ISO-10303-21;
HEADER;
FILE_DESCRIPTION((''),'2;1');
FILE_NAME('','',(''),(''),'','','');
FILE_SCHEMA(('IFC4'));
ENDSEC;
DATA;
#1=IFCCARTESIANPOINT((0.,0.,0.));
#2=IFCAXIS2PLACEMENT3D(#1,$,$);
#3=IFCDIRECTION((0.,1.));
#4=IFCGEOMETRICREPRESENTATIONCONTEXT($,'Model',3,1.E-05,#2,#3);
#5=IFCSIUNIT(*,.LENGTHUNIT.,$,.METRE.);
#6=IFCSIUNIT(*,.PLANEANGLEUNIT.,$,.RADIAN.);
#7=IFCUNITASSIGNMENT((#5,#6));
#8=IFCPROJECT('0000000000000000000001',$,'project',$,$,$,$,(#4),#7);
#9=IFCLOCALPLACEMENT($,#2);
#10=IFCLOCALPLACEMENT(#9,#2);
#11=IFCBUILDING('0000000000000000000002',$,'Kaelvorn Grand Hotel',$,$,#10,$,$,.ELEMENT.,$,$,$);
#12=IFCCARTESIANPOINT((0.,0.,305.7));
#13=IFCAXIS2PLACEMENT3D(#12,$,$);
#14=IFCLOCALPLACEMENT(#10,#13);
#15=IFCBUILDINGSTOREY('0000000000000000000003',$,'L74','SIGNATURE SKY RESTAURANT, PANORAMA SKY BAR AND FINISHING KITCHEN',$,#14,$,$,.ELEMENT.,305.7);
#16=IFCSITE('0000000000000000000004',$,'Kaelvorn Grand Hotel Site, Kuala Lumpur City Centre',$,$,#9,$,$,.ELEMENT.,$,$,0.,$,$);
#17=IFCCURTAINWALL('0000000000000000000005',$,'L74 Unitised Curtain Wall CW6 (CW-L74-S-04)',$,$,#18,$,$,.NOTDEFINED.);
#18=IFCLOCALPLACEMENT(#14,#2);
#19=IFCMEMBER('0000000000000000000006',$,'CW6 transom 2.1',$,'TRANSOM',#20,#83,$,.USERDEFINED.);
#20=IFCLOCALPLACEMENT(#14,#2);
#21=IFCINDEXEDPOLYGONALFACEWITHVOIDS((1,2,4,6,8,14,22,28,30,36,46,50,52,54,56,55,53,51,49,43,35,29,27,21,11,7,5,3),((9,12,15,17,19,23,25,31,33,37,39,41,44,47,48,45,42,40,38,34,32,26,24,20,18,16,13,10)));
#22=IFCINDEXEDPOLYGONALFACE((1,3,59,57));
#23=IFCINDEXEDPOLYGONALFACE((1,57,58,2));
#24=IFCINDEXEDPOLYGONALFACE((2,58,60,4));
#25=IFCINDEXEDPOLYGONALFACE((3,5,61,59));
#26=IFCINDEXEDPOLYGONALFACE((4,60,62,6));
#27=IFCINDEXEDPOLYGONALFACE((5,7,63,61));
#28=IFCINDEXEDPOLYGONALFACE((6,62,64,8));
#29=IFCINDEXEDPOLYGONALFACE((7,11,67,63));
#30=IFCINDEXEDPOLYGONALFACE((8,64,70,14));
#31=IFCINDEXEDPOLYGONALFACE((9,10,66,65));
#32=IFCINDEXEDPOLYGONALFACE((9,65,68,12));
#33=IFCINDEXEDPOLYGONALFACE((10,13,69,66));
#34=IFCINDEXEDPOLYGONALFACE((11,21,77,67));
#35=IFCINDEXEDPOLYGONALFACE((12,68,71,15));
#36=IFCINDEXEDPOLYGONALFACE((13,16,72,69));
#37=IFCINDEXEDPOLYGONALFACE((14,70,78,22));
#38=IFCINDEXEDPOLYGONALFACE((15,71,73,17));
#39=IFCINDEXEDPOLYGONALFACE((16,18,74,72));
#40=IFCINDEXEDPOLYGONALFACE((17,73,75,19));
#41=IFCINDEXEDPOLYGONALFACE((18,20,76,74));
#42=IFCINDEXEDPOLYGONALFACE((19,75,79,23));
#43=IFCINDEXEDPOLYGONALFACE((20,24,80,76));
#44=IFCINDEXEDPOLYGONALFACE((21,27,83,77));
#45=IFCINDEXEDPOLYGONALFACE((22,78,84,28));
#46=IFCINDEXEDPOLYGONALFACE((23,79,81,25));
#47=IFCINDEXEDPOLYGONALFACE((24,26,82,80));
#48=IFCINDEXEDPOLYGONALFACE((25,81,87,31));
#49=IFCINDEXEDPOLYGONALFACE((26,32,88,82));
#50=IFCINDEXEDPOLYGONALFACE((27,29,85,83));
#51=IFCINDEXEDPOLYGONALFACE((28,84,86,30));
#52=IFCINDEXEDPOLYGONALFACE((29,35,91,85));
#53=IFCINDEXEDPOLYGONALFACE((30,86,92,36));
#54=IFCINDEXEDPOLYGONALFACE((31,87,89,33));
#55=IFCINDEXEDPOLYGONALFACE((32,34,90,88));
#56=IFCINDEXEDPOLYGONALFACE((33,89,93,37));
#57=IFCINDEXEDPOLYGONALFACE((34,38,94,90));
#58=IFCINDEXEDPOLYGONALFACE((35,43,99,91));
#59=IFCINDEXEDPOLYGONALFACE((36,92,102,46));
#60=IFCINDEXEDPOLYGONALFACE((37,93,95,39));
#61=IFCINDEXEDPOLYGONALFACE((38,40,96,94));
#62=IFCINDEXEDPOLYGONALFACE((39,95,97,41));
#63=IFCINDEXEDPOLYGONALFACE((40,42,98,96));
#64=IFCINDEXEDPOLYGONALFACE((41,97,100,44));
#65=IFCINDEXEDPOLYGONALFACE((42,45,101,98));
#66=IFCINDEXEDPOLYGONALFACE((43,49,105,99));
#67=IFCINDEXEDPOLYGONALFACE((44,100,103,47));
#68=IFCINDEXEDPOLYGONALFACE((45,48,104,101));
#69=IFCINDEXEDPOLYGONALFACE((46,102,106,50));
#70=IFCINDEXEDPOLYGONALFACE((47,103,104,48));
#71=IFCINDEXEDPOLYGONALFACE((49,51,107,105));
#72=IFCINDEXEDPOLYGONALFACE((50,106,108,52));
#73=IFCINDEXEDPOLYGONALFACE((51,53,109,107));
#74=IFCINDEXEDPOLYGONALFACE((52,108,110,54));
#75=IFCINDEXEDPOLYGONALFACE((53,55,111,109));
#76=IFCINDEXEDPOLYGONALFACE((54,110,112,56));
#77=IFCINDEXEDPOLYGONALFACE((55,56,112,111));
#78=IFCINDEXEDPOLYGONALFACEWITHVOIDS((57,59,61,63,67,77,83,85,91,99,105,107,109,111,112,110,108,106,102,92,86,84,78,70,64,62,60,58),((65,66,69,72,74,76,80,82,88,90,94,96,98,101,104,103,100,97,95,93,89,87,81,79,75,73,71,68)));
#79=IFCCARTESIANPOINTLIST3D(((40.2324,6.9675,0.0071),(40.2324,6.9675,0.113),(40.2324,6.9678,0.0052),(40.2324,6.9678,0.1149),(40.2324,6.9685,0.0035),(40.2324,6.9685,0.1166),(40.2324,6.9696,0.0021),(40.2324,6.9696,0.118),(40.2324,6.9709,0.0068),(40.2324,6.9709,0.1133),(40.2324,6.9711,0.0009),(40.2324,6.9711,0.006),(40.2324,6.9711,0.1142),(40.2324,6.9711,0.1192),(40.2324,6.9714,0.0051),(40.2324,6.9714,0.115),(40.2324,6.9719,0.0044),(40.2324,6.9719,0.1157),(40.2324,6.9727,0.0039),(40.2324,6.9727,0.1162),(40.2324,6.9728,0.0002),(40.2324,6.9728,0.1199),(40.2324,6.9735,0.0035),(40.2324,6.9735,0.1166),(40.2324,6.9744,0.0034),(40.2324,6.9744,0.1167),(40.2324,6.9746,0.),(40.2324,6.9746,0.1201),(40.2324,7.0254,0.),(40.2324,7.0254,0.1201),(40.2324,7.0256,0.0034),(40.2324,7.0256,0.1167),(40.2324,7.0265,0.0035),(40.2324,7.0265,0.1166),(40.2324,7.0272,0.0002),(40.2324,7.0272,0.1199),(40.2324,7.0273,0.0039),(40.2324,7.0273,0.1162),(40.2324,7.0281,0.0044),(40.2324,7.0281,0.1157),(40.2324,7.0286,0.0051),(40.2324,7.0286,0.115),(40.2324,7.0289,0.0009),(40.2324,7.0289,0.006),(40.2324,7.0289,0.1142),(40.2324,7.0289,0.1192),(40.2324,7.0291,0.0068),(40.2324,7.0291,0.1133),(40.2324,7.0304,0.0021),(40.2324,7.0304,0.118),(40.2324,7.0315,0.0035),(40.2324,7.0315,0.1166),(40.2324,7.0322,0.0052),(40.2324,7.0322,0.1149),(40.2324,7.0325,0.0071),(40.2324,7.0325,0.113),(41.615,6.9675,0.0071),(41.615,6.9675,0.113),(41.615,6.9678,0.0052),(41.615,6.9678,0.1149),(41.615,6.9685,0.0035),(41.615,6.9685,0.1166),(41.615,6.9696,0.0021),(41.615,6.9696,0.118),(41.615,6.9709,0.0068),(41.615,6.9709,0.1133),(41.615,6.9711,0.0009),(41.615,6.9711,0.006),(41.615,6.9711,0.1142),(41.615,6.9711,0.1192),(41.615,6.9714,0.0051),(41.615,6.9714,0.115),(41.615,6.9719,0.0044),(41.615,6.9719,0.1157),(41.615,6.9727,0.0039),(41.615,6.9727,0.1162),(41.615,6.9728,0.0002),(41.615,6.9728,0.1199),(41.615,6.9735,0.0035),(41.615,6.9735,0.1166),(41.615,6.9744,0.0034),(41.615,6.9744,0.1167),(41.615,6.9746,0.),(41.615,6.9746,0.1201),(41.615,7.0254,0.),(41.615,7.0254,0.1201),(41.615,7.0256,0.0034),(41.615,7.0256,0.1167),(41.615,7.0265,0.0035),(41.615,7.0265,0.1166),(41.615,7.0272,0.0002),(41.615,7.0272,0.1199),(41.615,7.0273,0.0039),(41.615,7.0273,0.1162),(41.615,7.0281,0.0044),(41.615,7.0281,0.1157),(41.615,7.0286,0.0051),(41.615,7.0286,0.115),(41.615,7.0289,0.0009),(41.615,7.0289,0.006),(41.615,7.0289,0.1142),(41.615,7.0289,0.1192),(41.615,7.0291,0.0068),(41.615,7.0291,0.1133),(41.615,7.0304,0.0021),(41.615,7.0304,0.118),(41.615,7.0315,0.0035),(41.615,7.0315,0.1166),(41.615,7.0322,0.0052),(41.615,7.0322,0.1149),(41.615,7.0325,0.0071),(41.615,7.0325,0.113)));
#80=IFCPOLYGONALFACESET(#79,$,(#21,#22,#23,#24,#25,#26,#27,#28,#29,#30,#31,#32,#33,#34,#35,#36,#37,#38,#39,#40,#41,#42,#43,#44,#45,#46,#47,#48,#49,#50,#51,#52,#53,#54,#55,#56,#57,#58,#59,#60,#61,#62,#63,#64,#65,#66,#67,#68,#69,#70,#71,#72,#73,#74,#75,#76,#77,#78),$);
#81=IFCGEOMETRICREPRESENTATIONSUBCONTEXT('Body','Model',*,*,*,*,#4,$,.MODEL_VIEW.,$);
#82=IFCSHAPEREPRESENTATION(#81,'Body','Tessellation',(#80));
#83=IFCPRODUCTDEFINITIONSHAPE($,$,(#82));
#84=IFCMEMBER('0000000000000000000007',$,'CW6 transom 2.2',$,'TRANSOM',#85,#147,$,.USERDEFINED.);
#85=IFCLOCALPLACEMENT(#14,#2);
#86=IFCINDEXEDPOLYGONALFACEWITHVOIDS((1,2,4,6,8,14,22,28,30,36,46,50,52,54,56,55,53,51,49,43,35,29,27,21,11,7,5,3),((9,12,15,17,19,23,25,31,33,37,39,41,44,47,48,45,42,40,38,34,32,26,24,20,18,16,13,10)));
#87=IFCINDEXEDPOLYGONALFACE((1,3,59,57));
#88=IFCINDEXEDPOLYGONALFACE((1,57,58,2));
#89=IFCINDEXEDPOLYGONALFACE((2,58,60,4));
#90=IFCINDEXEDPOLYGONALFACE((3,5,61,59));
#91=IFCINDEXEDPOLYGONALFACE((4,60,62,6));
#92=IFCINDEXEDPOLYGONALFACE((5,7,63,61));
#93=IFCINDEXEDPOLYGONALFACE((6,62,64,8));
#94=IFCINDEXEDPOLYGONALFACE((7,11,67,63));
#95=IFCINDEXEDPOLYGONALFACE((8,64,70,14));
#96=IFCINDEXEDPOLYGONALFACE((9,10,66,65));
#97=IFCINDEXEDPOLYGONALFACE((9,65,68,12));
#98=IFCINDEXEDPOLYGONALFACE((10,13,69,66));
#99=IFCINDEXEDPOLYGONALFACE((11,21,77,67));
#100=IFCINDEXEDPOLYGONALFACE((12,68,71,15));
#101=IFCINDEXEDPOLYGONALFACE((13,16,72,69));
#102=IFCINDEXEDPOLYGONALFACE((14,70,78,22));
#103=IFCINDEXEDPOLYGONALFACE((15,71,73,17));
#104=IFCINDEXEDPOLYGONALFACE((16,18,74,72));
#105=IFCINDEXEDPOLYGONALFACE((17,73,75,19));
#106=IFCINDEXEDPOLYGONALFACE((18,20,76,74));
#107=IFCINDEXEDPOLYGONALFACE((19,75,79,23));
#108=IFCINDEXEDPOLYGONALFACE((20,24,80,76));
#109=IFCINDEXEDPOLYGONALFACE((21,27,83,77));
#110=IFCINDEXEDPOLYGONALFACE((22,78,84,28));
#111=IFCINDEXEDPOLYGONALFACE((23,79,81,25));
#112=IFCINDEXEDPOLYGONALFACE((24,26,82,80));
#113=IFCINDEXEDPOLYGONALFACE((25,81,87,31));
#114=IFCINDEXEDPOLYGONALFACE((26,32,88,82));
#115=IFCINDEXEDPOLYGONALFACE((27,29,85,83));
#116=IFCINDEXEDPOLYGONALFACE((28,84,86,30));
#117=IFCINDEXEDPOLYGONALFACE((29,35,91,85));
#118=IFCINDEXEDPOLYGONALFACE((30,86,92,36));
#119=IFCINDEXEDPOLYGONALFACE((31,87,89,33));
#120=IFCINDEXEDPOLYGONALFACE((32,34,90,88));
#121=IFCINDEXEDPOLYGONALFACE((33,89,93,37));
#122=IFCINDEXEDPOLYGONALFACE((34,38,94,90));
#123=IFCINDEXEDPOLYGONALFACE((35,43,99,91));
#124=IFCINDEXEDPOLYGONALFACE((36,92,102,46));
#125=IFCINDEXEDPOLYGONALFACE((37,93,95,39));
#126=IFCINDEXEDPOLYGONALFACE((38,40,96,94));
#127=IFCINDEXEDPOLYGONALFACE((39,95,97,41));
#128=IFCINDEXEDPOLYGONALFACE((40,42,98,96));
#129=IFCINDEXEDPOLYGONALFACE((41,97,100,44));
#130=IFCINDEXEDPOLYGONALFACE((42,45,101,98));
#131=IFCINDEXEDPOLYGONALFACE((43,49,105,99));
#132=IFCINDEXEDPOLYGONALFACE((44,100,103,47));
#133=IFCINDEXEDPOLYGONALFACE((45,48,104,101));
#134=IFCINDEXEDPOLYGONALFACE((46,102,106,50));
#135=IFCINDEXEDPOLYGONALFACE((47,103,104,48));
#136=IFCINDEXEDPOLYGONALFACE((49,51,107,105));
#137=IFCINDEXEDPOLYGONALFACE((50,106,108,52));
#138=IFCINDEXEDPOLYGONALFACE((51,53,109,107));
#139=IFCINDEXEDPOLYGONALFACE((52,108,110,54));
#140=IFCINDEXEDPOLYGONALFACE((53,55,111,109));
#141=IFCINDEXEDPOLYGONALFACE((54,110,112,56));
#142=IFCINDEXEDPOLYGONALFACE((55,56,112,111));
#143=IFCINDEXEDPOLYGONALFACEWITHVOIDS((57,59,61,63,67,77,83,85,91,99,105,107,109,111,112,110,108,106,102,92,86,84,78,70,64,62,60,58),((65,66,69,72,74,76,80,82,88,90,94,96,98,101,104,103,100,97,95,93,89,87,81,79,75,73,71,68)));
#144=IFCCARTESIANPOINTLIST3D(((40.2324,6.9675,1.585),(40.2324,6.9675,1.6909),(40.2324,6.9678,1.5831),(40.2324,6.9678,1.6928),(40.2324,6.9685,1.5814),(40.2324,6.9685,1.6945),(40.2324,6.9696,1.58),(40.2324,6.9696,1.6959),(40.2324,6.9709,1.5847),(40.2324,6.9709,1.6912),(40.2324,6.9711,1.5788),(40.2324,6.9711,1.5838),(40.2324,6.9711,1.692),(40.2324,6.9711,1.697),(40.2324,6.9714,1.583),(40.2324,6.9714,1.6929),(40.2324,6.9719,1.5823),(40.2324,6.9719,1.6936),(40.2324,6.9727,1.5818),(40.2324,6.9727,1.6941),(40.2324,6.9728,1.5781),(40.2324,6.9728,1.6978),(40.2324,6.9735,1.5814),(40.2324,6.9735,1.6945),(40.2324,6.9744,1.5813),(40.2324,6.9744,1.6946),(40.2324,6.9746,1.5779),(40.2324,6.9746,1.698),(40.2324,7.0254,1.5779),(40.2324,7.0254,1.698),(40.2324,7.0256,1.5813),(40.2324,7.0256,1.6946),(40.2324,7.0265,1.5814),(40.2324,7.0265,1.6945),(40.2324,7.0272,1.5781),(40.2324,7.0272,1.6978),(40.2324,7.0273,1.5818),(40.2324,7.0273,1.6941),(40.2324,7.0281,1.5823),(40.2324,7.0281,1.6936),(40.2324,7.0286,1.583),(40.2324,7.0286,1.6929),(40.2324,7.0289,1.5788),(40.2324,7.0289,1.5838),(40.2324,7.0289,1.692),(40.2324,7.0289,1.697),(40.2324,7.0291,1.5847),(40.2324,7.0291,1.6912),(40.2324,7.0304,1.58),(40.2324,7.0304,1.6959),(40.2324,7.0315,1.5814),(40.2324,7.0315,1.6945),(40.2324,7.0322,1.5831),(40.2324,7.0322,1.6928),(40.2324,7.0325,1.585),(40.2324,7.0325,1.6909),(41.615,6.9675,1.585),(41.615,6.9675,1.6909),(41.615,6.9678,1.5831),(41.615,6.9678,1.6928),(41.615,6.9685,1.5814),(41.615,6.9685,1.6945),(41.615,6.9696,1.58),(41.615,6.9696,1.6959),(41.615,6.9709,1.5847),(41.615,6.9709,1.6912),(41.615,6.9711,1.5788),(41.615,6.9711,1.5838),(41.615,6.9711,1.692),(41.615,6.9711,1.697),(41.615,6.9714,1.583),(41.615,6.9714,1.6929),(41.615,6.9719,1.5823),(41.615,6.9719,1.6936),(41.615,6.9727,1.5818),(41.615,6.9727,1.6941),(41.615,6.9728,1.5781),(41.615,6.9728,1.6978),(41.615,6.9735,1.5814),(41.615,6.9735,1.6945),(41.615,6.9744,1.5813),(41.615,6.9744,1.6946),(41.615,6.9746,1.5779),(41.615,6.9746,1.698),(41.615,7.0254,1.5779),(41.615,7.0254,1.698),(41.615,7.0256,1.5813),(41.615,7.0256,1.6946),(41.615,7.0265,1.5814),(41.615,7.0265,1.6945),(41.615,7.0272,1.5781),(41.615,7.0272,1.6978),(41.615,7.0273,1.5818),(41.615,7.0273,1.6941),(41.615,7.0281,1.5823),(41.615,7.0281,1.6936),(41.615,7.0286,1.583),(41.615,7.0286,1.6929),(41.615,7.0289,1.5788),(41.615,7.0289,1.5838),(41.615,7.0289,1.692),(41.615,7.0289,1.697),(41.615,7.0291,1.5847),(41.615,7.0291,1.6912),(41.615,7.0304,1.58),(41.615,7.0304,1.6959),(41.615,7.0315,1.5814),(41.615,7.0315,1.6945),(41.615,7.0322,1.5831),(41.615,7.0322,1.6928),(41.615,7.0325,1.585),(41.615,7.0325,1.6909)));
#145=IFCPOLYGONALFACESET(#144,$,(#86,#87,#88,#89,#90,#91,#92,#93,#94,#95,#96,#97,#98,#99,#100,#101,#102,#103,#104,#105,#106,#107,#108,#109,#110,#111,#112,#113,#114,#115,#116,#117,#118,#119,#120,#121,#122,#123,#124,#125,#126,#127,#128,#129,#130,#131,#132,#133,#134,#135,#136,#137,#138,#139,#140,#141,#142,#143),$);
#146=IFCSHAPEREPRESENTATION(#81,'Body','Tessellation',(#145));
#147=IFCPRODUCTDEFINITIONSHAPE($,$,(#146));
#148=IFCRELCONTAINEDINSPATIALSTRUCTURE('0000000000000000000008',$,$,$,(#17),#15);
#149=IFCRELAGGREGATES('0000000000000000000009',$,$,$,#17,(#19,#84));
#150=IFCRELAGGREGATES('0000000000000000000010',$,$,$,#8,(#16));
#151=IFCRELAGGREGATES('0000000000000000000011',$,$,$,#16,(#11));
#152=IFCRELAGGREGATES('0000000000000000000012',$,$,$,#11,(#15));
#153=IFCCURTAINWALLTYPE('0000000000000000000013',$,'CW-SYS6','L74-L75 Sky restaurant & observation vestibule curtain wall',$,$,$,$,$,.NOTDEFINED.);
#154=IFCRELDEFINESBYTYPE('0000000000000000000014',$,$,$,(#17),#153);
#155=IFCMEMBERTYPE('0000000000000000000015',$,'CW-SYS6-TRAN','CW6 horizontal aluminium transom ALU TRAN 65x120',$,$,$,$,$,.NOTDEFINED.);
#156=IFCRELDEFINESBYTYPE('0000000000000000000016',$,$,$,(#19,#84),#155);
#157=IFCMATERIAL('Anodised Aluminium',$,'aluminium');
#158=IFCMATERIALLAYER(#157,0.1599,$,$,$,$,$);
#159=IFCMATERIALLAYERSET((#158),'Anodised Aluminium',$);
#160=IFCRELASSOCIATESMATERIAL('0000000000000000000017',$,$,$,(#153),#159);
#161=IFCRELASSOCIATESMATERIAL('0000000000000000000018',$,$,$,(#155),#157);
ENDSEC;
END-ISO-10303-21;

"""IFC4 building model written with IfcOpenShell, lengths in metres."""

from ifc_helpers import new_model, si_unit, direction, frame, origin, origin_2d, place, context, subcontext, project, spatial, hollow_rectangle, extrude, material, layer, layer_set, material_profile, profile_set, type_object, element, aggregate, save


model = new_model("IFC4")

# Units and contexts
model_context = context("Model", 3, precision=1e-05, world=origin(), true_north=direction((0.0, 1.0)))
body_context = subcontext(model_context, "Body", "Model", "MODEL_VIEW")
ifc_project = project(units=[si_unit("LENGTHUNIT", "METRE"), si_unit("PLANEANGLEUNIT", "RADIAN")], contexts=[model_context])

# Site, building, storey
site_placement = place(None, origin())
site = spatial("IfcSite", under=ifc_project, at=site_placement, Name="Kaelvorn Grand Hotel Site, Kuala Lumpur City Centre", CompositionType="ELEMENT", RefElevation=0.0)
building_placement = place(site_placement, origin())
building = spatial("IfcBuilding", under=site, at=building_placement, Name="Kaelvorn Grand Hotel", CompositionType="ELEMENT")
storey_placement = place(building_placement, frame((0.0, 0.0, 305.7)))
storey = spatial("IfcBuildingStorey", under=building, at=storey_placement, Name="L74", Description="SIGNATURE SKY RESTAURANT, PANORAMA SKY BAR AND FINISHING KITCHEN", CompositionType="ELEMENT", Elevation=305.7)

# Shared definitions
ifc_material_1 = material(Name="Anodised Aluminium", Category="aluminium")
ifc_layer_1 = layer(ifc_material_1, 0.1599)
ifc_layer_set_1 = layer_set([ifc_layer_1], Name="Anodised Aluminium")
curtain_wall_type = type_object("IfcCurtainWallType", Name="CW-SYS6", Description="L74-L75 Sky restaurant & observation vestibule curtain wall", PredefinedType="NOTDEFINED", material=ifc_layer_set_1)

# Curtain wall, members
curtain_wall_1_placement = place(storey_placement, origin())
curtain_wall_1 = element("IfcCurtainWall", 1, at=curtain_wall_1_placement, inside=storey, type_object=curtain_wall_type, Name="L74 Unitised Curtain Wall CW6 (CW-L74-S-04)", PredefinedType="NOTDEFINED")
ifc_material_profile_1 = material_profile(ifc_material_1, hollow_rectangle(XDim=0.0649, YDim=0.1201, WallThickness=0.0034, InnerFilletRadius=0.0034, OuterFilletRadius=0.0071, at=origin_2d()), Name="ALU TRAN 65x120")
ifc_profile_set_1 = profile_set([ifc_material_profile_1], Name="Anodised Aluminium")
member_type_1 = type_object("IfcMemberType", Name="CW-SYS6-TRAN", Description="CW6 horizontal aluminium transom ALU TRAN 65x120", PredefinedType="NOTDEFINED", material=ifc_profile_set_1)
member_1_placement = place(storey_placement, frame((40.2324, 7.0, 0.0601), z_axis=(1.0, 0.0, 0.0), x_axis=(0.0, 1.0, 0.0)))
member_1 = element("IfcMember", 2, at=member_1_placement, type_object=member_type_1, Name="CW6 transom 2.1", ObjectType="TRANSOM", PredefinedType="USERDEFINED", context=body_context, shape_type="SweptSolid", body=[
    extrude(hollow_rectangle(XDim=0.0649, YDim=0.1201, WallThickness=0.0034, InnerFilletRadius=0.0034, OuterFilletRadius=0.0071, at=origin_2d()), origin(), (0.0, 0.0, 1.0), 1.3826),
])
member_2_placement = place(storey_placement, frame((40.2324, 7.0, 1.6379), z_axis=(1.0, 0.0, 0.0), x_axis=(0.0, 1.0, 0.0)))
member_2 = element("IfcMember", 3, at=member_2_placement, type_object=member_type_1, Name="CW6 transom 2.2", ObjectType="TRANSOM", PredefinedType="USERDEFINED", context=body_context, shape_type="SweptSolid", body=[
    extrude(hollow_rectangle(XDim=0.0649, YDim=0.1201, WallThickness=0.0034, InnerFilletRadius=0.0034, OuterFilletRadius=0.0071, at=origin_2d()), origin(), (0.0, 0.0, 1.0), 1.3826),
])
aggregate(curtain_wall_1, [member_1, member_2])

save(model, "model.ifc")
